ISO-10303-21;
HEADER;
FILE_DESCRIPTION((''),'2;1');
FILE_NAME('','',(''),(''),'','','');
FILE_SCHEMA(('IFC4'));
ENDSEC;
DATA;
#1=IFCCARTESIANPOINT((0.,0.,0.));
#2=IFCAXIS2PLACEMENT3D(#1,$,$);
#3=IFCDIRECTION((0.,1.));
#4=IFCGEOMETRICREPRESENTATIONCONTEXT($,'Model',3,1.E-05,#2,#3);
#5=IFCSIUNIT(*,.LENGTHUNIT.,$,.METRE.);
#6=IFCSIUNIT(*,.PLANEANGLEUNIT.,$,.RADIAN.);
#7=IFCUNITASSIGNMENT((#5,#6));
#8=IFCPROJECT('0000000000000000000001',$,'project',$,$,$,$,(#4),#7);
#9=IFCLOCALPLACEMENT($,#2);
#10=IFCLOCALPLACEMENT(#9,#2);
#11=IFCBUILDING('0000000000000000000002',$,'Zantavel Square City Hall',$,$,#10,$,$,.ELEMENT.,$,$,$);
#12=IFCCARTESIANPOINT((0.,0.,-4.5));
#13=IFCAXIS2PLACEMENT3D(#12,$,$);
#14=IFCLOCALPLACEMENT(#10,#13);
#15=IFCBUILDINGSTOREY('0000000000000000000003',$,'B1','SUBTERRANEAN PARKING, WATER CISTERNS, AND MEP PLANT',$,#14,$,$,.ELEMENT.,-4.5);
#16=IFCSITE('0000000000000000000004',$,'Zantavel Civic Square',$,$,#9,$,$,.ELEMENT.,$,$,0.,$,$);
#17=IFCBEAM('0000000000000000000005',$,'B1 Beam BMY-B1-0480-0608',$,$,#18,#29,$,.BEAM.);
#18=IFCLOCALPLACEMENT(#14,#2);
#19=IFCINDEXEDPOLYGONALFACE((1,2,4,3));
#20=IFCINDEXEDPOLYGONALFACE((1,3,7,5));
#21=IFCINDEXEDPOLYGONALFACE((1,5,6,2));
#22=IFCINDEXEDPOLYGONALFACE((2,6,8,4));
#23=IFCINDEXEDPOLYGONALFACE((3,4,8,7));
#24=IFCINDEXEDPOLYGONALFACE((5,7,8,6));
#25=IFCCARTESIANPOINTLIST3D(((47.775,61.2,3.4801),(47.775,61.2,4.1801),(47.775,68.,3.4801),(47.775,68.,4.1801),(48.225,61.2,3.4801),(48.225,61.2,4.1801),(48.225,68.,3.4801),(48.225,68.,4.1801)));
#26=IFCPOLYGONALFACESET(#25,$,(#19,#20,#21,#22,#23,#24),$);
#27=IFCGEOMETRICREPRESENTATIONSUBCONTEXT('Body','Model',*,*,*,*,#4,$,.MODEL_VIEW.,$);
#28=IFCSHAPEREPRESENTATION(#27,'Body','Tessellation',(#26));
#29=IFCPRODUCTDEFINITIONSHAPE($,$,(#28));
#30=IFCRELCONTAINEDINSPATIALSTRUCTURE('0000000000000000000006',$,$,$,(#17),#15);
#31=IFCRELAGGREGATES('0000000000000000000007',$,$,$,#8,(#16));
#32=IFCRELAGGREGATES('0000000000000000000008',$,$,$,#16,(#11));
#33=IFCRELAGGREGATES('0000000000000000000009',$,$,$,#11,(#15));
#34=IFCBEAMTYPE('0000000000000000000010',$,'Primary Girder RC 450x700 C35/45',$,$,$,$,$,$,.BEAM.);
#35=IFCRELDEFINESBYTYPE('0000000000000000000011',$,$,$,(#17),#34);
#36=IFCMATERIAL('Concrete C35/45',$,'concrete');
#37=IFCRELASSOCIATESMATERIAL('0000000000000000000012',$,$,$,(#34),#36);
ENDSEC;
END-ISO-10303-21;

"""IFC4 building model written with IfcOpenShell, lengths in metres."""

from ifc_helpers import new_model, si_unit, direction, frame, origin, origin_2d, place, context, subcontext, project, spatial, rectangle, extrude, material, material_profile, profile_set, type_object, element, save


model = new_model("IFC4")

# Units and contexts
model_context = context("Model", 3, precision=1e-05, world=origin(), true_north=direction((0.0, 1.0)))
body_context = subcontext(model_context, "Body", "Model", "MODEL_VIEW")
ifc_project = project(units=[si_unit("LENGTHUNIT", "METRE"), si_unit("PLANEANGLEUNIT", "RADIAN")], contexts=[model_context])

# Site, building, storey
site_placement = place(None, origin())
site = spatial("IfcSite", under=ifc_project, at=site_placement, Name="Zantavel Civic Square", CompositionType="ELEMENT", RefElevation=0.0)
building_placement = place(site_placement, origin())
building = spatial("IfcBuilding", under=site, at=building_placement, Name="Zantavel Square City Hall", CompositionType="ELEMENT")
storey_placement = place(building_placement, frame((0.0, 0.0, -4.5)))
storey = spatial("IfcBuildingStorey", under=building, at=storey_placement, Name="B1", Description="SUBTERRANEAN PARKING, WATER CISTERNS, AND MEP PLANT", CompositionType="ELEMENT", Elevation=-4.5)

# Shared definitions
ifc_material_1 = material(Name="Concrete C35/45", Category="concrete")

# Beam
ifc_material_profile_1 = material_profile(ifc_material_1, rectangle(XDim=0.45, YDim=0.7, at=origin_2d()), Name="RC 450x700")
ifc_profile_set_1 = profile_set([ifc_material_profile_1], Name="Concrete C35/45")
beam_type_1 = type_object("IfcBeamType", Name="Primary Girder RC 450x700 C35/45", PredefinedType="BEAM", material=ifc_profile_set_1)
beam_1_placement = place(storey_placement, frame((48.0, 61.2, 3.8301), z_axis=(0.0, 1.0, 0.0), x_axis=(-1.0, 0.0, 0.0)))
element("IfcBeam", 1, at=beam_1_placement, inside=storey, type_object=beam_type_1, Name="B1 Beam BMY-B1-0480-0608", PredefinedType="BEAM", context=body_context, shape_type="SweptSolid", body=[
    extrude(rectangle(XDim=0.45, YDim=0.7, at=origin_2d()), origin(), (0.0, 0.0, 1.0), 6.8),
])

save(model, "model.ifc")
